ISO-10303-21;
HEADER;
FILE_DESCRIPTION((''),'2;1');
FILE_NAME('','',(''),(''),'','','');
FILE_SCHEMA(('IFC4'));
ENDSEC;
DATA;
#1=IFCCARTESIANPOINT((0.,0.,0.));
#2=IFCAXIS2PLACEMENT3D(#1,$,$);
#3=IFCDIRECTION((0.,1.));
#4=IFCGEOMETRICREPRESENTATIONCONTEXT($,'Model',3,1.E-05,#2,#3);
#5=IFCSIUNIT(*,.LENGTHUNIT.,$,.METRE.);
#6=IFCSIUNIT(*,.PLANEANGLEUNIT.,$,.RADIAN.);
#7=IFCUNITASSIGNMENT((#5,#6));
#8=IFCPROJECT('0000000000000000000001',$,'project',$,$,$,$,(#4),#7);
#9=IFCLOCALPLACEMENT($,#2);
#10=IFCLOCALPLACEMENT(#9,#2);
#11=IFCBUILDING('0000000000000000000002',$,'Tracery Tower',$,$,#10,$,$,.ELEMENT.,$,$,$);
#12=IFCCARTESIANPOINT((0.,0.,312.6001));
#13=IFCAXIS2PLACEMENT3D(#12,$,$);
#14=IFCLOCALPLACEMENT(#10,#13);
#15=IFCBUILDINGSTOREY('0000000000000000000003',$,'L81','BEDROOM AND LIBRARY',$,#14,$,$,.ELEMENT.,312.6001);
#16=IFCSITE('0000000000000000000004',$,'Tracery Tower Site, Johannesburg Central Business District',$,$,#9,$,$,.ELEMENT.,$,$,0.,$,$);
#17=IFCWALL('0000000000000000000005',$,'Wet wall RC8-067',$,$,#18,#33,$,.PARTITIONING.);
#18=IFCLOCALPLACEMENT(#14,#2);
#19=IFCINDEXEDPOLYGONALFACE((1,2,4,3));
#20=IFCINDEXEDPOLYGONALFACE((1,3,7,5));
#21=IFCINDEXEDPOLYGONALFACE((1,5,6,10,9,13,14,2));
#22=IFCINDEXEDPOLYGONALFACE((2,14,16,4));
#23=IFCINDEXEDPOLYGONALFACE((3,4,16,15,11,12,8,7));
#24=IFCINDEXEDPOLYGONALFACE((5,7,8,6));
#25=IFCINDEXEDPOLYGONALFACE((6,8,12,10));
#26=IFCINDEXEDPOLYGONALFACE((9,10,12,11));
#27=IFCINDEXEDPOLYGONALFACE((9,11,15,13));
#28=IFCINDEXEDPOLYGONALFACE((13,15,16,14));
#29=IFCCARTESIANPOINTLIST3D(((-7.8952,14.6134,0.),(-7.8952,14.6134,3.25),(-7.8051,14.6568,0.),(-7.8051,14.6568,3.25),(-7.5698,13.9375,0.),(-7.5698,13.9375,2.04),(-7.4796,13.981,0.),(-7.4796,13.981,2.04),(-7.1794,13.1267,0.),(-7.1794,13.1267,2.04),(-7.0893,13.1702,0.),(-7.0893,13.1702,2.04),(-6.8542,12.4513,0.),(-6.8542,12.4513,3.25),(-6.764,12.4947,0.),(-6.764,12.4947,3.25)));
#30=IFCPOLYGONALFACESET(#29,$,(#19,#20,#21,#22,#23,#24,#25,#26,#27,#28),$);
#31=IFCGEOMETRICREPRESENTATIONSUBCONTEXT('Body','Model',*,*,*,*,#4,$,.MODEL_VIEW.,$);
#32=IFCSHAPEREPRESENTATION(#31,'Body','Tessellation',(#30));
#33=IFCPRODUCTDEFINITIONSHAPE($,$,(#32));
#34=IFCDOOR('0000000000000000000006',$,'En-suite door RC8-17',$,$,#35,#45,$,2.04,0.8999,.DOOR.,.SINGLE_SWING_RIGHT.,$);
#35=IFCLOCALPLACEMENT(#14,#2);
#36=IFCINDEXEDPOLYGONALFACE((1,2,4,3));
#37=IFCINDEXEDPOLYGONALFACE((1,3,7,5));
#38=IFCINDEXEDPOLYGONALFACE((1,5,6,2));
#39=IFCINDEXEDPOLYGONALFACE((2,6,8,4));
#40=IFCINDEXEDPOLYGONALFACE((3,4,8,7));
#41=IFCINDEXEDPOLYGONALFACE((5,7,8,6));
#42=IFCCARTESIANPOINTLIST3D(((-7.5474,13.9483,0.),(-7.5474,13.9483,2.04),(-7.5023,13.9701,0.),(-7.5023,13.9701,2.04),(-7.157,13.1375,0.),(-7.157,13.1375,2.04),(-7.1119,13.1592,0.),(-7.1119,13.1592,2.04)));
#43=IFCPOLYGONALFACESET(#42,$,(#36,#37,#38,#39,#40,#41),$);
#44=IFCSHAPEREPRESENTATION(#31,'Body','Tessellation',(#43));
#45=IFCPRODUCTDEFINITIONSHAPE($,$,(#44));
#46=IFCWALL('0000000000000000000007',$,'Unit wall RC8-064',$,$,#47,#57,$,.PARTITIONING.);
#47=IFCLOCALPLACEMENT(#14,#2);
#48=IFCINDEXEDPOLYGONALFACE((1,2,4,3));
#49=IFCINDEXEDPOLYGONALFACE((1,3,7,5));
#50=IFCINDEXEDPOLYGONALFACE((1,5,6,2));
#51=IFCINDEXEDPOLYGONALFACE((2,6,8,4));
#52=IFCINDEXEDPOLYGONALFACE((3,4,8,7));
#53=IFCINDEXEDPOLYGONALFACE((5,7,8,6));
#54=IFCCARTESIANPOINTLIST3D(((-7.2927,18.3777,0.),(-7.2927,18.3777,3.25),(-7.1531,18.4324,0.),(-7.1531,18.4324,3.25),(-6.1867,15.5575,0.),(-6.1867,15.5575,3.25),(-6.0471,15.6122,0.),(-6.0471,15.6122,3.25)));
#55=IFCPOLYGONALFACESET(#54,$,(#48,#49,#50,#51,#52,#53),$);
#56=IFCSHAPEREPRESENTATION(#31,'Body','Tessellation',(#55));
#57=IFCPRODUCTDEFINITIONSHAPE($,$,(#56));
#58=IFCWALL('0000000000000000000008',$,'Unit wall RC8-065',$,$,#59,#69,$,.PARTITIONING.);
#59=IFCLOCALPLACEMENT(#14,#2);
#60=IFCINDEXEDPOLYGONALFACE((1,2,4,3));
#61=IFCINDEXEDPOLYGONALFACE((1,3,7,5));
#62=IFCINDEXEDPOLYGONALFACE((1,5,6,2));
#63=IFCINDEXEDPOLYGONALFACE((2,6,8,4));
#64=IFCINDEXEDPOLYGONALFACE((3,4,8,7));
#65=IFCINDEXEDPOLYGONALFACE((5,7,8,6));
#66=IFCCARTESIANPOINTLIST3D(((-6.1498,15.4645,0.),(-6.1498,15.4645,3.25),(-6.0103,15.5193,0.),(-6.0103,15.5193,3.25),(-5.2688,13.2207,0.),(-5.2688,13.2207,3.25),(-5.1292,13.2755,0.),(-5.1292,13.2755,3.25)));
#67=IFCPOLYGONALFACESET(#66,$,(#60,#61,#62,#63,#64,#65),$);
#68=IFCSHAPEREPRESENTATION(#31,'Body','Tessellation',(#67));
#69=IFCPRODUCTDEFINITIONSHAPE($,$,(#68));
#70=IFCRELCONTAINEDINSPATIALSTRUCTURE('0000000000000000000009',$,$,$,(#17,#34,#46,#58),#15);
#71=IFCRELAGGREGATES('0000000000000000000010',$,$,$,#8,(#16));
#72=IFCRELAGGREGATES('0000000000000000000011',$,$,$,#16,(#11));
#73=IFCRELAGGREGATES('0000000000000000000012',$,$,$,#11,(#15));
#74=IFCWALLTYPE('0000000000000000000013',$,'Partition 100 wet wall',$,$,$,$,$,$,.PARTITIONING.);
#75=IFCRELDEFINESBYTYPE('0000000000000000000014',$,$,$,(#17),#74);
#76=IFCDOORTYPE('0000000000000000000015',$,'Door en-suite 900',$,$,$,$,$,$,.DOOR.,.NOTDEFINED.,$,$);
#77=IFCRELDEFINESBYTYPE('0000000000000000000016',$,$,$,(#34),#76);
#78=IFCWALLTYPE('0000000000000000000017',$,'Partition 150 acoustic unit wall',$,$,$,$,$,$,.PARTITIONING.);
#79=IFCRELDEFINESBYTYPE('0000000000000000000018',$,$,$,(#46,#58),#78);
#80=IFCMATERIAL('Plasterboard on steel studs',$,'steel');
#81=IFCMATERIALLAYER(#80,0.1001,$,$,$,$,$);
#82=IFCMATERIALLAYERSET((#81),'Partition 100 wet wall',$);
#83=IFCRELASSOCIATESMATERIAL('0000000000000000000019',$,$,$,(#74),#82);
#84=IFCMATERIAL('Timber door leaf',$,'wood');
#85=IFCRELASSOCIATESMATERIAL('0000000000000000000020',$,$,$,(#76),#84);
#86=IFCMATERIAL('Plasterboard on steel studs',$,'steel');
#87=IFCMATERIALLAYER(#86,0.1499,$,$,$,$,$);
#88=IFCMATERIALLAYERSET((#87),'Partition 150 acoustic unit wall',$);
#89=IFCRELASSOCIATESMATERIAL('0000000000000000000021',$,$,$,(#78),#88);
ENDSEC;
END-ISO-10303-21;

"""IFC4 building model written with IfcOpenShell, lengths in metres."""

from ifc_helpers import new_model, si_unit, direction, frame, frame_2d, origin, place, context, subcontext, project, spatial, rectangle, extrude, material, layer, layer_set, type_object, element, fill, save


model = new_model("IFC4")

# Units and contexts
model_context = context("Model", 3, precision=1e-05, world=origin(), true_north=direction((0.0, 1.0)))
body_context = subcontext(model_context, "Body", "Model", "MODEL_VIEW")
ifc_project = project(units=[si_unit("LENGTHUNIT", "METRE"), si_unit("PLANEANGLEUNIT", "RADIAN")], contexts=[model_context])

# Site, building, storey
site_placement = place(None, origin())
site = spatial("IfcSite", under=ifc_project, at=site_placement, Name="Tracery Tower Site, Johannesburg Central Business District", CompositionType="ELEMENT", RefElevation=0.0)
building_placement = place(site_placement, origin())
building = spatial("IfcBuilding", under=site, at=building_placement, Name="Tracery Tower", CompositionType="ELEMENT")
storey_placement = place(building_placement, frame((0.0, 0.0, 312.6001)))
storey = spatial("IfcBuildingStorey", under=building, at=storey_placement, Name="L81", Description="BEDROOM AND LIBRARY", CompositionType="ELEMENT", Elevation=312.6001)

# Shared definitions
ifc_material_1 = material(Name="Plasterboard on steel studs", Category="steel")
ifc_layer_1 = layer(ifc_material_1, 0.1001)
ifc_layer_set_1 = layer_set([ifc_layer_1], Name="Partition 100 wet wall")
wall_type_1 = type_object("IfcWallType", Name="Partition 100 wet wall", PredefinedType="PARTITIONING", material=ifc_layer_set_1)
ifc_material_2 = material(Name="Timber door leaf", Category="wood")
door_type = type_object("IfcDoorType", Name="Door en-suite 900", OperationType="NOTDEFINED", PredefinedType="DOOR", material=ifc_material_2)

# Wall, opening, door
wall_1_placement = place(storey_placement, frame((-7.8501, 14.635, 0.0), z_axis=(0.0, 0.0, 1.0), x_axis=(0.433816, -0.901002, 0.0)))
wall_1 = element("IfcWall", 1, at=wall_1_placement, inside=storey, type_object=wall_type_1, Name="Wet wall RC8-067", PredefinedType="PARTITIONING", context=body_context, shape_type="SweptSolid", body=[
    extrude(rectangle(XDim=2.3997, YDim=0.1001, at=frame_2d((1.1997, 0.0))), origin(), (0.0, 0.0, 1.0), 3.25),
])
opening_1_placement = place(wall_1_placement, frame((0.75, 0.0, 0.0)))
opening_1 = element("IfcOpeningElement", 2, at=opening_1_placement, cuts=wall_1, PredefinedType="OPENING", context=body_context, shape_type="SweptSolid", body=[
    extrude(rectangle(XDim=0.8999, YDim=2.04, at=frame_2d((0.45, 1.02))), frame((0.0, 0.05, 0.0), z_axis=(0.0, -1.0, 0.0), x_axis=(1.0, 0.0, 0.0)), (0.0, 0.0, 1.0), 0.1001),
])
door_1_placement = place(opening_1_placement, origin())
door_1 = element("IfcDoor", 3, at=door_1_placement, inside=storey, type_object=door_type, Name="En-suite door RC8-17", OperationType="SINGLE_SWING_RIGHT", OverallHeight=2.04, OverallWidth=0.8999, PredefinedType="DOOR", context=body_context, shape_type="SweptSolid", body=[
    extrude(rectangle(XDim=0.8999, YDim=2.04, at=frame_2d((0.45, 1.02))), frame((0.0, 0.0249, 0.0), z_axis=(0.0, -1.0, 0.0), x_axis=(1.0, 0.0, 0.0)), (0.0, 0.0, 1.0), 0.05),
])
fill(opening_1, door_1)

# Walls
ifc_material_3 = material(Name="Plasterboard on steel studs", Category="steel")
ifc_layer_2 = layer(ifc_material_3, 0.1499)
ifc_layer_set_2 = layer_set([ifc_layer_2], Name="Partition 150 acoustic unit wall")
wall_type_2 = type_object("IfcWallType", Name="Partition 150 acoustic unit wall", PredefinedType="PARTITIONING", material=ifc_layer_set_2)
wall_2_placement = place(storey_placement, frame((-7.2229, 18.405, 0.0), z_axis=(0.0, 0.0, 1.0), x_axis=(0.365101, -0.930968, 0.0)))
element("IfcWall", 4, at=wall_2_placement, inside=storey, type_object=wall_type_2, Name="Unit wall RC8-064", PredefinedType="PARTITIONING", context=body_context, shape_type="SweptSolid", body=[
    extrude(rectangle(XDim=3.0293, YDim=0.1499, at=frame_2d((1.5146, 0.0))), origin(), (0.0, 0.0, 1.0), 3.25),
])
wall_3_placement = place(storey_placement, frame((-6.0801, 15.4919, 0.0), z_axis=(0.0, 0.0, 1.0), x_axis=(0.365499, -0.930812, 0.0)))
element("IfcWall", 5, at=wall_3_placement, inside=storey, type_object=wall_type_2, Name="Unit wall RC8-065", PredefinedType="PARTITIONING", context=body_context, shape_type="SweptSolid", body=[
    extrude(rectangle(XDim=2.4106, YDim=0.1499, at=frame_2d((1.2053, 0.0))), origin(), (0.0, 0.0, 1.0), 3.25),
])

save(model, "model.ifc")
